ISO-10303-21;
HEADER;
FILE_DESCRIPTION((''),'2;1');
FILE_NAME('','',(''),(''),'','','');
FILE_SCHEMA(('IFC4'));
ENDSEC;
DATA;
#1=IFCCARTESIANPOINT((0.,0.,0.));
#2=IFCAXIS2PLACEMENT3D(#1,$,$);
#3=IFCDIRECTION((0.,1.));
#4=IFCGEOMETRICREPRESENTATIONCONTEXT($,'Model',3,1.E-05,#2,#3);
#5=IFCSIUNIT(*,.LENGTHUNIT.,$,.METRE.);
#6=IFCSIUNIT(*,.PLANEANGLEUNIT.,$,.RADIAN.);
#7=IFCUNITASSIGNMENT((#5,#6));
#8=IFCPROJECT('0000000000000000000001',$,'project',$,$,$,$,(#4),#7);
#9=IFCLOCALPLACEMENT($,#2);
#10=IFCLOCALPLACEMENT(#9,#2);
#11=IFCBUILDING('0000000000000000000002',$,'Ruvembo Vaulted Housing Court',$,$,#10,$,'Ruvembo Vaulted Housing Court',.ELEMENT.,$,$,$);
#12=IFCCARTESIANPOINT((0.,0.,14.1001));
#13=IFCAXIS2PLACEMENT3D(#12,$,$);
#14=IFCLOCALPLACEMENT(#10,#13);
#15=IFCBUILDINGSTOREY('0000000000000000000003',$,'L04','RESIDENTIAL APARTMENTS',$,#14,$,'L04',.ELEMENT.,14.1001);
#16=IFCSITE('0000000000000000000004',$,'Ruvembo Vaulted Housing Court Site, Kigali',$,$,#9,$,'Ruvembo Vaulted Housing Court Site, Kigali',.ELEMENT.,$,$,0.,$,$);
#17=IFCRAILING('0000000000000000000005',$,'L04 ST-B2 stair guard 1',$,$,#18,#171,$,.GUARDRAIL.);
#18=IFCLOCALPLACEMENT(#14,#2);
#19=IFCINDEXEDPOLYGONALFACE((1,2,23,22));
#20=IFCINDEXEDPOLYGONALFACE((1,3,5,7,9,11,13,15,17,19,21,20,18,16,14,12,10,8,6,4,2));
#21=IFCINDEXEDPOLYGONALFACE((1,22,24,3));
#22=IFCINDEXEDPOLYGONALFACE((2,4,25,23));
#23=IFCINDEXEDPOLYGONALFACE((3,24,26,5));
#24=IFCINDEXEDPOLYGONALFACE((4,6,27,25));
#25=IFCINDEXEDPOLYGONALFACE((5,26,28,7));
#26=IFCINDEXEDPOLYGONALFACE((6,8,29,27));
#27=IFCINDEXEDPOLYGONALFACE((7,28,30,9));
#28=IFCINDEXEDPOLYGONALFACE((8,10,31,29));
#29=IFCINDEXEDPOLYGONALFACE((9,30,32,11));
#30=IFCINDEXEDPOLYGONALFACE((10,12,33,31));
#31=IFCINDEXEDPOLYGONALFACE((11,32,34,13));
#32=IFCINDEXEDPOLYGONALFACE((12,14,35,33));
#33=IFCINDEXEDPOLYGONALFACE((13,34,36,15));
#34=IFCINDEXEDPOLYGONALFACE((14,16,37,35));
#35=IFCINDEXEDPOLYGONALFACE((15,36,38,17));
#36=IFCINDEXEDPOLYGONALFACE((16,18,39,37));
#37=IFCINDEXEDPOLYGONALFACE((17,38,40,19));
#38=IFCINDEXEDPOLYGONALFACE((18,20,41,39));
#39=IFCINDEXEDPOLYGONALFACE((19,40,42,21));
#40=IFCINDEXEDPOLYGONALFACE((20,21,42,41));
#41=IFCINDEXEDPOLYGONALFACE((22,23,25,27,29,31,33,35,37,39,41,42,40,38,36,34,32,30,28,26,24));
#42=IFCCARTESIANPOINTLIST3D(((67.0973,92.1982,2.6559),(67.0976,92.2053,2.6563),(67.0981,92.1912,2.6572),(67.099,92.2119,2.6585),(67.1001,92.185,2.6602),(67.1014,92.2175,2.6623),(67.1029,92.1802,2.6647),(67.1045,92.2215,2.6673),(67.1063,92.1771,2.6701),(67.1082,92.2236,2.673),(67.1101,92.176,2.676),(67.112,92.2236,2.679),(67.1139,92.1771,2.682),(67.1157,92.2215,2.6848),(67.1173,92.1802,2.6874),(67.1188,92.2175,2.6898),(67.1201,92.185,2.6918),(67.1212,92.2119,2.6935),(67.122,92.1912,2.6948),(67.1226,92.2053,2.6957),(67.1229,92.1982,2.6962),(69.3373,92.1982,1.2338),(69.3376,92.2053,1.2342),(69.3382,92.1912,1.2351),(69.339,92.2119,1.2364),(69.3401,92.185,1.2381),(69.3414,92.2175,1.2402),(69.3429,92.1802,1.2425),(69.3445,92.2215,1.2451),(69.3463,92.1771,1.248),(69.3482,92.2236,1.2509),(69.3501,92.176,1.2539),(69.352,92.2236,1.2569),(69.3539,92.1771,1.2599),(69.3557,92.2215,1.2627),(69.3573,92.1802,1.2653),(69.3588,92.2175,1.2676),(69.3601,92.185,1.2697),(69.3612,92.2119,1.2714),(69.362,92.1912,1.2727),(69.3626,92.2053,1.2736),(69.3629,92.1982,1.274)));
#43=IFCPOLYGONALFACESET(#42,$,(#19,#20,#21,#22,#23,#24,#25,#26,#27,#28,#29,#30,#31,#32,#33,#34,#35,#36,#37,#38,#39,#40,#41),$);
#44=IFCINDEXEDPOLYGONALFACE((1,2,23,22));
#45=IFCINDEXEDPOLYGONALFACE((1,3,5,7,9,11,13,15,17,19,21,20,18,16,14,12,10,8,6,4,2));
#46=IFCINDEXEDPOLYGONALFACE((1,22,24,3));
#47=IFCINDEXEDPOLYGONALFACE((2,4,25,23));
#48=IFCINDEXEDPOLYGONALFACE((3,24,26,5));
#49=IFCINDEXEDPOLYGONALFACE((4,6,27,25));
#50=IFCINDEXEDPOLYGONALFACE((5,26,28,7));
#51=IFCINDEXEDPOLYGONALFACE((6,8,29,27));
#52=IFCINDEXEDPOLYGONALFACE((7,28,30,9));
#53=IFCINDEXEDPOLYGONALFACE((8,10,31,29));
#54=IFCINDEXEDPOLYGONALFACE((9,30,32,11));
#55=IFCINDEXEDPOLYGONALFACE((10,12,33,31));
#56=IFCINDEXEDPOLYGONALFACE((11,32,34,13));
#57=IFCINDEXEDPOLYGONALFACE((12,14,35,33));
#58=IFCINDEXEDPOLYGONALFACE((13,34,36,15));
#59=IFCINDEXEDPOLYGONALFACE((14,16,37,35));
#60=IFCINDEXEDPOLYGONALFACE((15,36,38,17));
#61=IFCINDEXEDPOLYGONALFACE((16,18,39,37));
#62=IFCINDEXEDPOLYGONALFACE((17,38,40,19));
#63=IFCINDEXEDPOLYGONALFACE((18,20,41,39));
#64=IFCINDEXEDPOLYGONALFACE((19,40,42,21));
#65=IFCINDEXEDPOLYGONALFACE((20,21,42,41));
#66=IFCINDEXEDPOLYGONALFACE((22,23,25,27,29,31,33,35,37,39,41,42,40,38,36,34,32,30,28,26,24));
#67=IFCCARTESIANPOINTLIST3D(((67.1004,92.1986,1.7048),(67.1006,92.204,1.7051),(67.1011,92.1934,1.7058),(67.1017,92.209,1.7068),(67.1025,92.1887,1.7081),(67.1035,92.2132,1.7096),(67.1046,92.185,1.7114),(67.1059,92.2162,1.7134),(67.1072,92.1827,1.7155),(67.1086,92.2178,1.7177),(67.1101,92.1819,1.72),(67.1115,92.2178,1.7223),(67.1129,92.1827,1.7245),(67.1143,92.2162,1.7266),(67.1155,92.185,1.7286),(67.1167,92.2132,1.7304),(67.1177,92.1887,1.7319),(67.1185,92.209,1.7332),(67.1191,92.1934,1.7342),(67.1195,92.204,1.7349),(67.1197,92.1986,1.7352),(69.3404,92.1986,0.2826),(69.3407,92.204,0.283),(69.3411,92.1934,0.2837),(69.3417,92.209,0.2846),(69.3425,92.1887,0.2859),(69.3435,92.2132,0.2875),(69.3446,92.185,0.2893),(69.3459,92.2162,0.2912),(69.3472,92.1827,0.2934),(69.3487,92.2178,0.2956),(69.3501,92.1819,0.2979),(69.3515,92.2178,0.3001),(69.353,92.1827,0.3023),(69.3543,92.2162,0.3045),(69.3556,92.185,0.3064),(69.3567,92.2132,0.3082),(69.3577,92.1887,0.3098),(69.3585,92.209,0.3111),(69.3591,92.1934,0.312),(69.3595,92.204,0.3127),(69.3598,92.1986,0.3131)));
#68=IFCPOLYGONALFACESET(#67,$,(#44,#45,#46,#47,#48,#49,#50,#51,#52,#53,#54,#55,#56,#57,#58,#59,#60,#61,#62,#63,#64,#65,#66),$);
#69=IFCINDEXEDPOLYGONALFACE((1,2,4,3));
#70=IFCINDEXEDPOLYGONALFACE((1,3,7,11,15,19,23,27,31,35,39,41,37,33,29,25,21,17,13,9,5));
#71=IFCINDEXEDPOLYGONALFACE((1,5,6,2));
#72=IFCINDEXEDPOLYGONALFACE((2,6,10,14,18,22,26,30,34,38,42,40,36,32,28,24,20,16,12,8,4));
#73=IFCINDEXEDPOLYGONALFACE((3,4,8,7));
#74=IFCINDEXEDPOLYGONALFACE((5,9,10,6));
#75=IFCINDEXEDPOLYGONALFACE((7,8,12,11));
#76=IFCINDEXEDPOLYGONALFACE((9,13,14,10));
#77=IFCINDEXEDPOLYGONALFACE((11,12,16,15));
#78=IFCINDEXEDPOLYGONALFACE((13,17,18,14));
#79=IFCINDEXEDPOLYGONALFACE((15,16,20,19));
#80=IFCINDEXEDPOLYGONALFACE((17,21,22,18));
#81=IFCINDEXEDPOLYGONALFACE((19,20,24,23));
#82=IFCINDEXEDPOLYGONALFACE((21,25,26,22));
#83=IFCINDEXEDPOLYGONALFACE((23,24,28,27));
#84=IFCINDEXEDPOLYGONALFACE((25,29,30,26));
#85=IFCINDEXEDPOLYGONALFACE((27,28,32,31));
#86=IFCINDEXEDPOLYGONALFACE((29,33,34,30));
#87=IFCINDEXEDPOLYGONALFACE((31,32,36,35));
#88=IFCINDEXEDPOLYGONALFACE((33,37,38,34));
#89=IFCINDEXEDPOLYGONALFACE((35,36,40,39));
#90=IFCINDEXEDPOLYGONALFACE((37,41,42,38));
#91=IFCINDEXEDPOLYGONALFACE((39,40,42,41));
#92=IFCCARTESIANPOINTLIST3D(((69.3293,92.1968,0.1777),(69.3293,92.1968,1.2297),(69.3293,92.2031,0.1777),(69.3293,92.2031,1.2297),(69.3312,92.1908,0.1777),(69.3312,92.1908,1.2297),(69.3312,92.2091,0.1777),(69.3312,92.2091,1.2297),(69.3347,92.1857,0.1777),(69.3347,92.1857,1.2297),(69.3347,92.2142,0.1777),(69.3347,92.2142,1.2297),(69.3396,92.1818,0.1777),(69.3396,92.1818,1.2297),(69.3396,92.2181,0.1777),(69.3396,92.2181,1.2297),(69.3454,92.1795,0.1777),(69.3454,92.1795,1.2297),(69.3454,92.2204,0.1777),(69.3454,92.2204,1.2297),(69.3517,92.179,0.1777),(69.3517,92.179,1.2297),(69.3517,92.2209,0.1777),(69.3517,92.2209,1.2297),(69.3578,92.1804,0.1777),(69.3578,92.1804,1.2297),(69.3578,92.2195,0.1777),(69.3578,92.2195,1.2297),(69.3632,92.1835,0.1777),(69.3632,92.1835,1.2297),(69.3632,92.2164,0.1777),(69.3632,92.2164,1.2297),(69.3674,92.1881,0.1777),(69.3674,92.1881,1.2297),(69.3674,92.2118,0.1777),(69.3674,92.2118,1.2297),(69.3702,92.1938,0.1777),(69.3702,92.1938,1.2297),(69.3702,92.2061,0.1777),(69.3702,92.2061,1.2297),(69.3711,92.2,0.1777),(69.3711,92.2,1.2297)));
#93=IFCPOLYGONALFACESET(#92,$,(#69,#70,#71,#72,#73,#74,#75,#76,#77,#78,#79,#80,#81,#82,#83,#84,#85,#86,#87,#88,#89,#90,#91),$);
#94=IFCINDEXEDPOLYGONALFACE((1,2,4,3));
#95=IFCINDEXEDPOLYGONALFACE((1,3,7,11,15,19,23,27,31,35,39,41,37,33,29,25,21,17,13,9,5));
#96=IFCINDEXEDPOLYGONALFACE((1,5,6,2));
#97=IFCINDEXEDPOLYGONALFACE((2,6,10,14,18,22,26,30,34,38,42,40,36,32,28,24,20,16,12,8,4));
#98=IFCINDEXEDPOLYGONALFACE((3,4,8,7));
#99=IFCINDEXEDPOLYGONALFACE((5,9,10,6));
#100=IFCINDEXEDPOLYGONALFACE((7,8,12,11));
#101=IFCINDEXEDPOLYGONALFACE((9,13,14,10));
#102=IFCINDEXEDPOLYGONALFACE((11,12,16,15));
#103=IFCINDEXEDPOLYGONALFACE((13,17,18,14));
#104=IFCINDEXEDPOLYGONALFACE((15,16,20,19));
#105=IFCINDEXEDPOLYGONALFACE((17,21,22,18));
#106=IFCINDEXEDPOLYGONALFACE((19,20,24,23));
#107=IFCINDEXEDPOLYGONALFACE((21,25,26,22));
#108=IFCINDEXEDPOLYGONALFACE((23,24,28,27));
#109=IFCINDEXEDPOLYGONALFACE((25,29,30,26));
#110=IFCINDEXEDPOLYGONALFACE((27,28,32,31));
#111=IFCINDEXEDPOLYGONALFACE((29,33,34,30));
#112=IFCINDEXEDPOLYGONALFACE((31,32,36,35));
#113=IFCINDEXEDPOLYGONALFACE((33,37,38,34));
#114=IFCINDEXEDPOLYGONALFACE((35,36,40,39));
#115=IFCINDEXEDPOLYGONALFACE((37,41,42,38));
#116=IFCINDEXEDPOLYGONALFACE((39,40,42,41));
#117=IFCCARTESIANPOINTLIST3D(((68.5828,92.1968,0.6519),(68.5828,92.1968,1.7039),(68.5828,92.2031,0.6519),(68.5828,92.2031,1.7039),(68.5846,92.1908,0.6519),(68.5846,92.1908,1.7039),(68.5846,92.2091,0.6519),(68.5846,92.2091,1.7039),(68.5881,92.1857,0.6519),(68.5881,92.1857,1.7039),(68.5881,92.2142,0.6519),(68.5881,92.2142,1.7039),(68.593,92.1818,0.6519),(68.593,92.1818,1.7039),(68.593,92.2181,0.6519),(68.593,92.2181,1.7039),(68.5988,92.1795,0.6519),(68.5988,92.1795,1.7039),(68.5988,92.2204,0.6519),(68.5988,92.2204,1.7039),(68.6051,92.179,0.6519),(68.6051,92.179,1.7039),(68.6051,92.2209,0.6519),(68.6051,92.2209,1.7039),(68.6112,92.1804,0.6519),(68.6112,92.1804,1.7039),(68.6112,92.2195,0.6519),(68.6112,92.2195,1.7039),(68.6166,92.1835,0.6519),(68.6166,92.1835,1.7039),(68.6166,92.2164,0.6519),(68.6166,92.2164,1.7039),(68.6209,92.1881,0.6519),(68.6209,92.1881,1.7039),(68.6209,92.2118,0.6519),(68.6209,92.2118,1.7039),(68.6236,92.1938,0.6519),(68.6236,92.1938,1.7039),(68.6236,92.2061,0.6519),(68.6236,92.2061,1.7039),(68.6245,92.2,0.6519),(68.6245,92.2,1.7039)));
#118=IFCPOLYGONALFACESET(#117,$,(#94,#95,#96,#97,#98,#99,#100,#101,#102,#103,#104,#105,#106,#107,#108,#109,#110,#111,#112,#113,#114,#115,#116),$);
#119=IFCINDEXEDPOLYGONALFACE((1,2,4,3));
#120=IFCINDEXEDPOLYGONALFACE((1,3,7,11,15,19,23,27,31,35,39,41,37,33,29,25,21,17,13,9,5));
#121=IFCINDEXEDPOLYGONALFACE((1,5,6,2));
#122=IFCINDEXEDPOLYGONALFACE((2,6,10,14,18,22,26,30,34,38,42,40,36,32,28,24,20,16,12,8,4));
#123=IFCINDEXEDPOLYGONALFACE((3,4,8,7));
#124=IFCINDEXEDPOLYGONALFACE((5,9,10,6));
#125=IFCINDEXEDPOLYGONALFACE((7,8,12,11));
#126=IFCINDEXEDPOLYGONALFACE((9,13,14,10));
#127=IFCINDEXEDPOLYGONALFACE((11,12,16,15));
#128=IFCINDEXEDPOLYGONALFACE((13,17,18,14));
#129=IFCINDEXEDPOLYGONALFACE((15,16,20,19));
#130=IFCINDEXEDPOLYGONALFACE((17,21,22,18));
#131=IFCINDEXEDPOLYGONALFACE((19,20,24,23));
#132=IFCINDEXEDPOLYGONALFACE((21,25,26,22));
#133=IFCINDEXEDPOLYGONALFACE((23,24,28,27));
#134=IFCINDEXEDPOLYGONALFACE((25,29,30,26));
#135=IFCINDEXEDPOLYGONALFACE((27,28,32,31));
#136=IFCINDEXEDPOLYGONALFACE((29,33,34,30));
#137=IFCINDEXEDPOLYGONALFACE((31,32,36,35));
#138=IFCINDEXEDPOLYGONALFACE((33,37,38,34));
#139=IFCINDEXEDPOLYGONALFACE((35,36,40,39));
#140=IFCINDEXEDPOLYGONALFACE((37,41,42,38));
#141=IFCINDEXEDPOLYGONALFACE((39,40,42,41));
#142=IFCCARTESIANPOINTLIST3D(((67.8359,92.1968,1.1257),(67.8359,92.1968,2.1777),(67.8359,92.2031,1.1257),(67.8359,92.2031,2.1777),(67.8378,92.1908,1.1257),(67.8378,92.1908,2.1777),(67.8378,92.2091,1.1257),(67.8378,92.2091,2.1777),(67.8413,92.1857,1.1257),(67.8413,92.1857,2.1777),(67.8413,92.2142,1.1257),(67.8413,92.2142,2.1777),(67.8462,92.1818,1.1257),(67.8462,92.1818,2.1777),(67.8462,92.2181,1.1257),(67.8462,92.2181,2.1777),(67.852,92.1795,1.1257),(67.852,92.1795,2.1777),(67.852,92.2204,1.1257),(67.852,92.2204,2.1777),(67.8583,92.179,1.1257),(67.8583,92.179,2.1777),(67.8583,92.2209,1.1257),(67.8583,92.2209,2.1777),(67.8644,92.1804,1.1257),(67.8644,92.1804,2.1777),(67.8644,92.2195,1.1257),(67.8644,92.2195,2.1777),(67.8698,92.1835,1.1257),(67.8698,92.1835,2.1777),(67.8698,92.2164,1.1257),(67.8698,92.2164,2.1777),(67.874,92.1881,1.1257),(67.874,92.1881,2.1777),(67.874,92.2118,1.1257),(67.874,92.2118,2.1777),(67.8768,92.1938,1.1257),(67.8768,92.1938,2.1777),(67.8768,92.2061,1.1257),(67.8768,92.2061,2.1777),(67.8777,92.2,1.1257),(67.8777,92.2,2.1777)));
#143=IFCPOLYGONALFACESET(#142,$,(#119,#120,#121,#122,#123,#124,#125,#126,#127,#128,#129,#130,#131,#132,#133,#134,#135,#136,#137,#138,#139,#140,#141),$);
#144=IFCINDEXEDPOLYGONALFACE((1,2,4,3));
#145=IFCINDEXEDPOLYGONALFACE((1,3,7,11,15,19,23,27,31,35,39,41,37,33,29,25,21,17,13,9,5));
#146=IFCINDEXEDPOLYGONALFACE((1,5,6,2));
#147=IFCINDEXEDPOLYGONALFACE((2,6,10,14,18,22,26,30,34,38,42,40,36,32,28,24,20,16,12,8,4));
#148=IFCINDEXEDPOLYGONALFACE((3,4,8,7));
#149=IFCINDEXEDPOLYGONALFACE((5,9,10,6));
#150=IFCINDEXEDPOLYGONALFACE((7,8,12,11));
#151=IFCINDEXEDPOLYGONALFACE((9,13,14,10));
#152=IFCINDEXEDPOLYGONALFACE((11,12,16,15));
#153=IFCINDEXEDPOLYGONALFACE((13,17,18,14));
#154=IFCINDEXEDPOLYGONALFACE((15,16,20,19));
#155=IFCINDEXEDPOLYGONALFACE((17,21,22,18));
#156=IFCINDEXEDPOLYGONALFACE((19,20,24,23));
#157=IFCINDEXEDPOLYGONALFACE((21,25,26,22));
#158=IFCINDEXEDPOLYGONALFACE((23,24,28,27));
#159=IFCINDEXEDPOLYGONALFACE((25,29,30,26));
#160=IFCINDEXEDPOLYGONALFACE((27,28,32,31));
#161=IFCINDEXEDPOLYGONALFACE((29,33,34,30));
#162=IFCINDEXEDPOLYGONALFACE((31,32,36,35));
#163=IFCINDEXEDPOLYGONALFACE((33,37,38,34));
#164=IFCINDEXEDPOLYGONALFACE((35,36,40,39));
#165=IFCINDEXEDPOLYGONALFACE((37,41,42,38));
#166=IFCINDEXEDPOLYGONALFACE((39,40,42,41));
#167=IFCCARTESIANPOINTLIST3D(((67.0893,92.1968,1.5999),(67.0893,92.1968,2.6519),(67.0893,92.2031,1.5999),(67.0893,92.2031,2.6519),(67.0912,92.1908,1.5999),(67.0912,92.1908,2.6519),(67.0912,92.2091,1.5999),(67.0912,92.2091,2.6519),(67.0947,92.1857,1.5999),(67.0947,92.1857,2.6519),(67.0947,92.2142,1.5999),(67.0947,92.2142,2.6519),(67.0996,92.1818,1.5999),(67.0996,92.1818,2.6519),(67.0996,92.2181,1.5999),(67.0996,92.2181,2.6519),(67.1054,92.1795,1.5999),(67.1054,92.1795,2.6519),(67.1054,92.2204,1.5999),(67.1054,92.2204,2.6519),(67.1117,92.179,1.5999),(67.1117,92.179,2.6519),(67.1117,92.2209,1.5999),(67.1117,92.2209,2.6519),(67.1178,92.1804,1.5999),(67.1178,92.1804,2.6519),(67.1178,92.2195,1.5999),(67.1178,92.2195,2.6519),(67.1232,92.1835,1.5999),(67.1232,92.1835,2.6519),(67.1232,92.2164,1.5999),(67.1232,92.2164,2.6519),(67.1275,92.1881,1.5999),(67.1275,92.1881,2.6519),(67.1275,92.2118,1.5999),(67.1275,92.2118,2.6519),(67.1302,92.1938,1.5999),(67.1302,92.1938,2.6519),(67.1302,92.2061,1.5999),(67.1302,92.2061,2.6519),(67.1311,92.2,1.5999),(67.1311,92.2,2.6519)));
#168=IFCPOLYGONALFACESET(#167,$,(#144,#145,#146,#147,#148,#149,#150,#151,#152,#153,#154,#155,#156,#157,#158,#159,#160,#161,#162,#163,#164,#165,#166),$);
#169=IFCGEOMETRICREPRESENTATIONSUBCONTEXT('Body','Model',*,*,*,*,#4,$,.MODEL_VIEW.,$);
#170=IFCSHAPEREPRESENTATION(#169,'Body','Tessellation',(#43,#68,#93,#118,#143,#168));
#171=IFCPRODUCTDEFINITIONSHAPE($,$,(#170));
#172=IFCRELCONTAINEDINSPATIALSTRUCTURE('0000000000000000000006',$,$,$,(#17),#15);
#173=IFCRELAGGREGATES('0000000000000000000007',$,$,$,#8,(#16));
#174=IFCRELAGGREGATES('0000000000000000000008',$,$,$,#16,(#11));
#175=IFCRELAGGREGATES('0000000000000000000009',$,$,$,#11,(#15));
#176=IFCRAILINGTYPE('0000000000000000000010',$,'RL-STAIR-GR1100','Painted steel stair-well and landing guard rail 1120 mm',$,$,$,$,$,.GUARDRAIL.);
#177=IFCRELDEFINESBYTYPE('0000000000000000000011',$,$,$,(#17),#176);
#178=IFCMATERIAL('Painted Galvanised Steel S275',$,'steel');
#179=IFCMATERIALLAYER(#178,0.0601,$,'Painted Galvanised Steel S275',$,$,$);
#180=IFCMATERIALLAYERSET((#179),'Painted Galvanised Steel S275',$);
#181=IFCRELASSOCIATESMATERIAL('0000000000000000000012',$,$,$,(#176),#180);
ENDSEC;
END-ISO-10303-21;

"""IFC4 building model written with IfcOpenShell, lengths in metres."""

from ifc_helpers import new_model, si_unit, direction, frame, origin, origin_2d, place, context, subcontext, project, spatial, circle, extrude, material, layer, layer_set, type_object, element, save


model = new_model("IFC4")

# Units and contexts
model_context = context("Model", 3, precision=1e-05, world=origin(), true_north=direction((0.0, 1.0)))
body_context = subcontext(model_context, "Body", "Model", "MODEL_VIEW")
ifc_project = project(units=[si_unit("LENGTHUNIT", "METRE"), si_unit("PLANEANGLEUNIT", "RADIAN")], contexts=[model_context])

# Site, building, storey
site_placement = place(None, origin())
site = spatial("IfcSite", under=ifc_project, at=site_placement, Name="Ruvembo Vaulted Housing Court Site, Kigali", LongName="Ruvembo Vaulted Housing Court Site, Kigali", CompositionType="ELEMENT", RefElevation=0.0)
building_placement = place(site_placement, origin())
building = spatial("IfcBuilding", under=site, at=building_placement, Name="Ruvembo Vaulted Housing Court", LongName="Ruvembo Vaulted Housing Court", CompositionType="ELEMENT")
storey_placement = place(building_placement, frame((0.0, 0.0, 14.1001)))
storey = spatial("IfcBuildingStorey", under=building, at=storey_placement, Name="L04", Description="RESIDENTIAL APARTMENTS", LongName="L04", CompositionType="ELEMENT", Elevation=14.1001)

# Railing
ifc_material_1 = material(Name="Painted Galvanised Steel S275", Category="steel")
ifc_layer_1 = layer(ifc_material_1, 0.0601, Name="Painted Galvanised Steel S275")
ifc_layer_set_1 = layer_set([ifc_layer_1], Name="Painted Galvanised Steel S275")
railing_type_1 = type_object("IfcRailingType", Name="RL-STAIR-GR1100", Description="Painted steel stair-well and landing guard rail 1120 mm", PredefinedType="GUARDRAIL", material=ifc_layer_set_1)
railing_1_placement = place(storey_placement, frame((69.3501, 92.2, 0.1777)))
element("IfcRailing", 1, at=railing_1_placement, inside=storey, type_object=railing_type_1, Name="L04 ST-B2 stair guard 1", PredefinedType="GUARDRAIL", context=body_context, shape_type="SweptSolid", body=[
    extrude(circle(Radius=0.0239, at=origin_2d()), frame((0.0, 0.0, 1.0762), z_axis=(-0.844229, 0.0, 0.535982), x_axis=(0.0, -1.0, 0.0)), (0.0, 0.0, 1.0), 2.6533),
    extrude(circle(Radius=0.0181, at=origin_2d()), frame((0.0, 0.0, 0.1201), z_axis=(-0.844229, 0.0, 0.535982), x_axis=(0.0, -1.0, 0.0)), (0.0, 0.0, 1.0), 2.6533),
    extrude(circle(Radius=0.021, at=origin_2d()), origin(), (0.0, 0.0, 1.0), 1.052),
    extrude(circle(Radius=0.021, at=origin_2d()), frame((-0.7466, 0.0, 0.4741)), (0.0, 0.0, 1.0), 1.052),
    extrude(circle(Radius=0.021, at=origin_2d()), frame((-1.4934, 0.0, 0.948)), (0.0, 0.0, 1.0), 1.052),
    extrude(circle(Radius=0.021, at=origin_2d()), frame((-2.24, 0.0, 1.4221)), (0.0, 0.0, 1.0), 1.052),
])

save(model, "model.ifc")
